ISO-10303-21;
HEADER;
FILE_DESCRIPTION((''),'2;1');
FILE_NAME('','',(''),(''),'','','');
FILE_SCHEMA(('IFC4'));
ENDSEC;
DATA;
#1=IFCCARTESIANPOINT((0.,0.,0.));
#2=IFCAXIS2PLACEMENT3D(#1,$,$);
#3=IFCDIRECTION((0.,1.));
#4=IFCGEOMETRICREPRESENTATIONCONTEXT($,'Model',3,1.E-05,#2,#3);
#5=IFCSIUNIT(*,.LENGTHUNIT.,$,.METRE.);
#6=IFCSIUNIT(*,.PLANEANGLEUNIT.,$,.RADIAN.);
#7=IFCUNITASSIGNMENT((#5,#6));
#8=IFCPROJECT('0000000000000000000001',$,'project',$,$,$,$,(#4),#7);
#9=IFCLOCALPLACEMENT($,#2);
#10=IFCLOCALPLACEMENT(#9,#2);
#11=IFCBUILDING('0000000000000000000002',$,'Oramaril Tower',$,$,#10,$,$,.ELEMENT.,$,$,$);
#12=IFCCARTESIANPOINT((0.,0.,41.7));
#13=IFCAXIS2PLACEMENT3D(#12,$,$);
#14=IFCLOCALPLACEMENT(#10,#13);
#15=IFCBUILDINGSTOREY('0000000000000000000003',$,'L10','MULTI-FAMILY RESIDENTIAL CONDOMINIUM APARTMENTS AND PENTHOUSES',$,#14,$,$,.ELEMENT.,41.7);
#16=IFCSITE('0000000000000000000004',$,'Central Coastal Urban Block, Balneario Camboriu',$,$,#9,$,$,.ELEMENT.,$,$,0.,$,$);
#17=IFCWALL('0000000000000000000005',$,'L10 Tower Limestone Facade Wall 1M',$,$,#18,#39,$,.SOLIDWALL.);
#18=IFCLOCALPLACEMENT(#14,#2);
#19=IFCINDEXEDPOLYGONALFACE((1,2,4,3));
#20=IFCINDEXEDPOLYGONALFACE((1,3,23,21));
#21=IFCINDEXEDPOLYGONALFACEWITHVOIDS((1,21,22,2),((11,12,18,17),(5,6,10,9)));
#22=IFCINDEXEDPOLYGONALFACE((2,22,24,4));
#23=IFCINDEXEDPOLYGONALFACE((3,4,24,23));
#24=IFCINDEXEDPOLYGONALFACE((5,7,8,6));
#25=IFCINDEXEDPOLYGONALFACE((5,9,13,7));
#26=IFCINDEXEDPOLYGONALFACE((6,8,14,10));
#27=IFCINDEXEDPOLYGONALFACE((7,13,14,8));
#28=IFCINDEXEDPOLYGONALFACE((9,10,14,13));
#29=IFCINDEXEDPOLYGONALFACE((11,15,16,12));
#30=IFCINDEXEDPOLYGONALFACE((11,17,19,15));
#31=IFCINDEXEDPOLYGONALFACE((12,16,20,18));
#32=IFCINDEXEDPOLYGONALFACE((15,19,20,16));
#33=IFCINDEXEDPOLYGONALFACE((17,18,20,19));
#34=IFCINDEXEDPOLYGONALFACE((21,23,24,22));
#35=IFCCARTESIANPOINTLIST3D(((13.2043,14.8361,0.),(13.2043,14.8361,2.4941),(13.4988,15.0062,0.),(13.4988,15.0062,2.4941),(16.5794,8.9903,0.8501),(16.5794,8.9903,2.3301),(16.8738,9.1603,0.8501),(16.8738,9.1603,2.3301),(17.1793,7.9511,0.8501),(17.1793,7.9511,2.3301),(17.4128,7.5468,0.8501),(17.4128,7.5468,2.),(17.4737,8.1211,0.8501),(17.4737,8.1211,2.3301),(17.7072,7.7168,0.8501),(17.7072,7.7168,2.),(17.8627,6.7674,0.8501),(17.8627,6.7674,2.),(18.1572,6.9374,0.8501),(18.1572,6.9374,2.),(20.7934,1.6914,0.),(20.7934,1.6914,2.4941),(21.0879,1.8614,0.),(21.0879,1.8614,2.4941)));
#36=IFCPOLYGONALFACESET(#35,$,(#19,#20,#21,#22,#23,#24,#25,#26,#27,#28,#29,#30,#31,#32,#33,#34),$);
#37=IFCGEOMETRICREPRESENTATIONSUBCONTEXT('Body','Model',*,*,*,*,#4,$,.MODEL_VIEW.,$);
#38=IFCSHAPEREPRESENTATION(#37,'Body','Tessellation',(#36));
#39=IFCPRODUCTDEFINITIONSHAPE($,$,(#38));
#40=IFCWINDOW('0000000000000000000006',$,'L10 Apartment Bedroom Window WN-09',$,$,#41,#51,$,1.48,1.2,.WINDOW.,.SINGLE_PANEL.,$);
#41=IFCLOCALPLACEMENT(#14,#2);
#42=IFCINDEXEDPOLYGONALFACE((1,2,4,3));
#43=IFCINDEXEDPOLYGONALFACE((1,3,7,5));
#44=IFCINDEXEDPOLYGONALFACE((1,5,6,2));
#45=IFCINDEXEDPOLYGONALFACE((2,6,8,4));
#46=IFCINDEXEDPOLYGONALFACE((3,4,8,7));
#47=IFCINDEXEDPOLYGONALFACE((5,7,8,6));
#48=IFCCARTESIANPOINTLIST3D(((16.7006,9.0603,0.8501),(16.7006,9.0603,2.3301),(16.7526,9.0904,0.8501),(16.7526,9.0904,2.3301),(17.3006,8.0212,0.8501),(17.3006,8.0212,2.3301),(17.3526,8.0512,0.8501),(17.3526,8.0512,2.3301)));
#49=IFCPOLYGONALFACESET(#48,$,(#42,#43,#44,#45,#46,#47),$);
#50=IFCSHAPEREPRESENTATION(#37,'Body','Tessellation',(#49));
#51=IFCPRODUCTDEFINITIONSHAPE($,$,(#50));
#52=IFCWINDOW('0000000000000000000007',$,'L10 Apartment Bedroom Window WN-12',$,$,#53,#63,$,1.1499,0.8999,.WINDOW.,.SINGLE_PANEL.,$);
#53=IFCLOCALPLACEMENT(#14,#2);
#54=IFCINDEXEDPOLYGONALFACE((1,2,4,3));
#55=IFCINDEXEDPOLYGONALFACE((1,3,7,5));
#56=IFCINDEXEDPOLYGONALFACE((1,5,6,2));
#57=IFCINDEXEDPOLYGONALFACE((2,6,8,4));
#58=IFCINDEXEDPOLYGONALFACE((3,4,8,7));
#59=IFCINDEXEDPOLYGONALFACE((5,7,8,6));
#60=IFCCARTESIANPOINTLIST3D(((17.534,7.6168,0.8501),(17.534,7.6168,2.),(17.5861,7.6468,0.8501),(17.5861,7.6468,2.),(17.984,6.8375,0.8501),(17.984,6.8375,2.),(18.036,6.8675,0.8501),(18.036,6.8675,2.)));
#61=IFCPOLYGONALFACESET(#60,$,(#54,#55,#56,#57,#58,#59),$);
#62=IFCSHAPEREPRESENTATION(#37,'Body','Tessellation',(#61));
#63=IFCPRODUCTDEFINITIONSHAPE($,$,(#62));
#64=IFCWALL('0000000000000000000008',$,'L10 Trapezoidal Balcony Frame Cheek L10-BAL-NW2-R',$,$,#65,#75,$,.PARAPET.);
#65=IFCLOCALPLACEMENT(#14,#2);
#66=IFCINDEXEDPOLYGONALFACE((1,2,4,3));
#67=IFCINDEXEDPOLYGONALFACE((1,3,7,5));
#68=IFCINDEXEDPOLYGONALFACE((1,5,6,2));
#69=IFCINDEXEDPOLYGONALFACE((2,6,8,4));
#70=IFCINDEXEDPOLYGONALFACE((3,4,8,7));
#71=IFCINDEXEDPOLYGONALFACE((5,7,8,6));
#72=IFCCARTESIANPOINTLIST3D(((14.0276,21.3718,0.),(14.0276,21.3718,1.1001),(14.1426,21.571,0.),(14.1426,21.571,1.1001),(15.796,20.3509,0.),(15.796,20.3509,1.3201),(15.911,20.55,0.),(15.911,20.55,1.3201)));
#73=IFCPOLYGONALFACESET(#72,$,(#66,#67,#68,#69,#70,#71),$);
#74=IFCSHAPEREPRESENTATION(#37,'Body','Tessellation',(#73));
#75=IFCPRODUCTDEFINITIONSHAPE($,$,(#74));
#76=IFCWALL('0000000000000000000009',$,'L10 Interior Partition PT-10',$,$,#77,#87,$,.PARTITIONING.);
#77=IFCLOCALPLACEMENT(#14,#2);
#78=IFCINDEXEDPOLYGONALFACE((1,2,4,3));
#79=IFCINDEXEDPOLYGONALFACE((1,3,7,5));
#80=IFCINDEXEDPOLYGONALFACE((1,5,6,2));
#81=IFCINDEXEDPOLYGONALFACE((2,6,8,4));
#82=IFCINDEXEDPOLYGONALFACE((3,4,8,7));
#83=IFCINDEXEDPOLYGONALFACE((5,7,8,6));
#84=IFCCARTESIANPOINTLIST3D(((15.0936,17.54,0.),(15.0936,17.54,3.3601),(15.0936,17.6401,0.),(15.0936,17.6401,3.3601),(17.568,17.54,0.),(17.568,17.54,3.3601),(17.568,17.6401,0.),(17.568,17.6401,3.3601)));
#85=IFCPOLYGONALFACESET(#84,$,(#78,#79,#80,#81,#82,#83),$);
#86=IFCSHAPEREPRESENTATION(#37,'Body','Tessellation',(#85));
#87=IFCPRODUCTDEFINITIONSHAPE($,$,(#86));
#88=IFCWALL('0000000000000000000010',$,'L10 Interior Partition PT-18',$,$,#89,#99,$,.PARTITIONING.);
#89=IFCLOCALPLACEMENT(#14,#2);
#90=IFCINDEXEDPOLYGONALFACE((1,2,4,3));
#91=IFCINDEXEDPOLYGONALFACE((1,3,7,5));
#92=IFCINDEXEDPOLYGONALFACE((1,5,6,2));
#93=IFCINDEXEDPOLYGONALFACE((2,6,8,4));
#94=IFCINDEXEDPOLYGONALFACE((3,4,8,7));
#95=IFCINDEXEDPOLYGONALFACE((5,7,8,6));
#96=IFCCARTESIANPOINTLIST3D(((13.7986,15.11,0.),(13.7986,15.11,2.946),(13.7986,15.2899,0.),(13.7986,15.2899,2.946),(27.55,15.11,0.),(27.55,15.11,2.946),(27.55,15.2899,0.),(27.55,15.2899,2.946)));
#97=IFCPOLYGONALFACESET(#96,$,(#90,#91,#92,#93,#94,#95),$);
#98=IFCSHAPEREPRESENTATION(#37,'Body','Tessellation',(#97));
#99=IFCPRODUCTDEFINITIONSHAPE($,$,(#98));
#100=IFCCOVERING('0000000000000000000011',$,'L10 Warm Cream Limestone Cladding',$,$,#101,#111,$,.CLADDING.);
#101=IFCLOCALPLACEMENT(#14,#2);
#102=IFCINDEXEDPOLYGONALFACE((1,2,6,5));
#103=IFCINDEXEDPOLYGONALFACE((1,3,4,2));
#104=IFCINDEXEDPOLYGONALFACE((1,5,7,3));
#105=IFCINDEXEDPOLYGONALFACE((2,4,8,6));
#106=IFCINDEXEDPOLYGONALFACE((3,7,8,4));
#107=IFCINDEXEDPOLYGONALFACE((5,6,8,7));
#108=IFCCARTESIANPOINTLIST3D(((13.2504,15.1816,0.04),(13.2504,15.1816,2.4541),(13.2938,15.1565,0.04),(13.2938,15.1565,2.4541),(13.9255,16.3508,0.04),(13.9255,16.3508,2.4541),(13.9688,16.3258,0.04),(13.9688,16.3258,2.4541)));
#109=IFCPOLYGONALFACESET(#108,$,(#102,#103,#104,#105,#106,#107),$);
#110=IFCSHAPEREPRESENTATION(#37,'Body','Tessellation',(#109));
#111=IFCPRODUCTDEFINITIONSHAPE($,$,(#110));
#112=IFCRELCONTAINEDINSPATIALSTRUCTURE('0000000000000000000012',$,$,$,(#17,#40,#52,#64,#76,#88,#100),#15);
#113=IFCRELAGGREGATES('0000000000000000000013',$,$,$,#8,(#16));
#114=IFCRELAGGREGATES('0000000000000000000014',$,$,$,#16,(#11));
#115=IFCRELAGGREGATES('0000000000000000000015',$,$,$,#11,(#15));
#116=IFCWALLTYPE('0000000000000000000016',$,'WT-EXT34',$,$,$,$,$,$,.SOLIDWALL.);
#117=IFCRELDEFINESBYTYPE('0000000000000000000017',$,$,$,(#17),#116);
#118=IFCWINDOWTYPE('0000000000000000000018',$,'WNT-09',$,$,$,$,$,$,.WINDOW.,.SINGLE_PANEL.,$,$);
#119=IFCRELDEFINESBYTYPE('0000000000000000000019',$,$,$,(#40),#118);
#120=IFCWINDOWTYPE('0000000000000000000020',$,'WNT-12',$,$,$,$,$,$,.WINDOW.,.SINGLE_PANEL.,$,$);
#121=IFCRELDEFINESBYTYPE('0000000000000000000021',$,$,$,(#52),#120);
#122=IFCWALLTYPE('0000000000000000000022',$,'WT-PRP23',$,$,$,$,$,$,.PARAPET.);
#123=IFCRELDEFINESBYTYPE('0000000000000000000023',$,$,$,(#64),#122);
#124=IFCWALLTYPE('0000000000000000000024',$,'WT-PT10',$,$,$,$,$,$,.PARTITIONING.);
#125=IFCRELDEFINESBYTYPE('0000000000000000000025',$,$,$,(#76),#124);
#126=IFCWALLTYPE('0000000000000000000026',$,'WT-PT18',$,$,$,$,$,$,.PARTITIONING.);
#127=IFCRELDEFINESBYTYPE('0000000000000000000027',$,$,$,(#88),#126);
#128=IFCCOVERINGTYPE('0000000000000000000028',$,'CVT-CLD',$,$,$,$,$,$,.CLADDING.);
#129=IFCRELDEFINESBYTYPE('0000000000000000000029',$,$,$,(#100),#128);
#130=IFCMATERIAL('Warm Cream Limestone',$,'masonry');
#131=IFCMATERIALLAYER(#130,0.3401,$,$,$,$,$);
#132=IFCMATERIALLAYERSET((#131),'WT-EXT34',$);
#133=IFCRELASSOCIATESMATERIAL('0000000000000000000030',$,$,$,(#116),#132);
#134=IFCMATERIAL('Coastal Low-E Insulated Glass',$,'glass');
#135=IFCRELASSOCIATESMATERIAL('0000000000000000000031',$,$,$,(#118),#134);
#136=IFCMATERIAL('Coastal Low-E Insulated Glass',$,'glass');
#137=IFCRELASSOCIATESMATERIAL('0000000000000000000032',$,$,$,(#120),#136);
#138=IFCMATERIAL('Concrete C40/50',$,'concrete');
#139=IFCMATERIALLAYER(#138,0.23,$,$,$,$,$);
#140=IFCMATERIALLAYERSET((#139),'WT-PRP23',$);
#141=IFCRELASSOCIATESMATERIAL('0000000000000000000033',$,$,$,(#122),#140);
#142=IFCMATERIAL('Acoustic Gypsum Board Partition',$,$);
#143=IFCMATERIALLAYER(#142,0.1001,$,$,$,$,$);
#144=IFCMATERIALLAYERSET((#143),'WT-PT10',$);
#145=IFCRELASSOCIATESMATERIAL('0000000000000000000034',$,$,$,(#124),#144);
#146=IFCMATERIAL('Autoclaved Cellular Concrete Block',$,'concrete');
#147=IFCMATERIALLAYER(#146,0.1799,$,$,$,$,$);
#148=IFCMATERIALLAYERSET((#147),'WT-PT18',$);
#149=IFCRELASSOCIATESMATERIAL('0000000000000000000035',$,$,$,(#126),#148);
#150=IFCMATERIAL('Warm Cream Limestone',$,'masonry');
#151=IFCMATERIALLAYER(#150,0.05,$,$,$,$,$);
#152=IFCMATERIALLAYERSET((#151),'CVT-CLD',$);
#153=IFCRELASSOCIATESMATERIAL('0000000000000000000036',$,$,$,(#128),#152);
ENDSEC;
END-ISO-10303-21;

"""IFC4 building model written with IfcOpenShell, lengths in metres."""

from ifc_helpers import new_model, si_unit, direction, frame, frame_2d, origin, origin_2d, place, context, subcontext, project, spatial, polyline, rectangle, outline, extrude, material, layer, layer_set, type_object, element, fill, save


model = new_model("IFC4")

# Units and contexts
model_context = context("Model", 3, precision=1e-05, world=origin(), true_north=direction((0.0, 1.0)))
body_context = subcontext(model_context, "Body", "Model", "MODEL_VIEW")
ifc_project = project(units=[si_unit("LENGTHUNIT", "METRE"), si_unit("PLANEANGLEUNIT", "RADIAN")], contexts=[model_context])

# Site, building, storey
site_placement = place(None, origin())
site = spatial("IfcSite", under=ifc_project, at=site_placement, Name="Central Coastal Urban Block, Balneario Camboriu", CompositionType="ELEMENT", RefElevation=0.0)
building_placement = place(site_placement, origin())
building = spatial("IfcBuilding", under=site, at=building_placement, Name="Oramaril Tower", CompositionType="ELEMENT")
storey_placement = place(building_placement, frame((0.0, 0.0, 41.7)))
storey = spatial("IfcBuildingStorey", under=building, at=storey_placement, Name="L10", Description="MULTI-FAMILY RESIDENTIAL CONDOMINIUM APARTMENTS AND PENTHOUSES", CompositionType="ELEMENT", Elevation=41.7)

# Wall, openings, windows
ifc_material_1 = material(Name="Warm Cream Limestone", Category="masonry")
ifc_layer_1 = layer(ifc_material_1, 0.3401)
ifc_layer_set_1 = layer_set([ifc_layer_1], Name="WT-EXT34")
wall_type_1 = type_object("IfcWallType", Name="WT-EXT34", PredefinedType="SOLIDWALL", material=ifc_layer_set_1)
wall_1_placement = place(storey_placement, frame((13.3516, 14.9211, 0.0), z_axis=(0.0, 0.0, 1.0), x_axis=(0.499999, -0.866026, 0.0)))
wall_1 = element("IfcWall", 1, at=wall_1_placement, inside=storey, type_object=wall_type_1, Name="L10 Tower Limestone Facade Wall 1M", PredefinedType="SOLIDWALL", context=body_context, shape_type="SweptSolid", body=[
    extrude(rectangle(XDim=15.1782, YDim=0.3401, at=frame_2d((7.5891, 0.0))), origin(), (0.0, 0.0, 1.0), 2.4941),
])
opening_1_placement = place(wall_1_placement, frame((6.75, 0.0, 0.8501)))
opening_1 = element("IfcOpeningElement", 2, at=opening_1_placement, cuts=wall_1, PredefinedType="OPENING", context=body_context, shape_type="SweptSolid", body=[
    extrude(rectangle(XDim=1.2, YDim=1.48, at=frame_2d((0.6001, 0.74))), frame((0.0, 0.1699, 0.0), z_axis=(0.0, -1.0, 0.0), x_axis=(1.0, 0.0, 0.0)), (0.0, 0.0, 1.0), 0.3401),
])
opening_2_placement = place(wall_1_placement, frame((8.417, 0.0, 0.8501)))
opening_2 = element("IfcOpeningElement", 3, at=opening_2_placement, cuts=wall_1, PredefinedType="OPENING", context=body_context, shape_type="SweptSolid", body=[
    extrude(rectangle(XDim=0.8999, YDim=1.1499, at=frame_2d((0.45, 0.575))), frame((0.0, 0.1699, 0.0), z_axis=(0.0, -1.0, 0.0), x_axis=(1.0, 0.0, 0.0)), (0.0, 0.0, 1.0), 0.3401),
])
ifc_material_2 = material(Name="Coastal Low-E Insulated Glass", Category="glass")
window_type_1 = type_object("IfcWindowType", Name="WNT-09", PartitioningType="SINGLE_PANEL", PredefinedType="WINDOW", material=ifc_material_2)
window_1_placement = place(opening_1_placement, origin())
window_1 = element("IfcWindow", 4, at=window_1_placement, inside=storey, type_object=window_type_1, Name="L10 Apartment Bedroom Window WN-09", OverallHeight=1.48, OverallWidth=1.2, PartitioningType="SINGLE_PANEL", PredefinedType="WINDOW", context=body_context, shape_type="SweptSolid", body=[
    extrude(rectangle(XDim=1.2, YDim=1.48, at=frame_2d((0.6001, 0.74))), frame((0.0, 0.03, 0.0), z_axis=(0.0, -1.0, 0.0), x_axis=(1.0, 0.0, 0.0)), (0.0, 0.0, 1.0), 0.0601),
])
fill(opening_1, window_1)
ifc_material_3 = material(Name="Coastal Low-E Insulated Glass", Category="glass")
window_type_2 = type_object("IfcWindowType", Name="WNT-12", PartitioningType="SINGLE_PANEL", PredefinedType="WINDOW", material=ifc_material_3)
window_2_placement = place(opening_2_placement, origin())
window_2 = element("IfcWindow", 5, at=window_2_placement, inside=storey, type_object=window_type_2, Name="L10 Apartment Bedroom Window WN-12", OverallHeight=1.1499, OverallWidth=0.8999, PartitioningType="SINGLE_PANEL", PredefinedType="WINDOW", context=body_context, shape_type="SweptSolid", body=[
    extrude(rectangle(XDim=0.8999, YDim=1.1499, at=frame_2d((0.45, 0.575))), frame((0.0, 0.03, 0.0), z_axis=(0.0, -1.0, 0.0), x_axis=(1.0, 0.0, 0.0)), (0.0, 0.0, 1.0), 0.0601),
])
fill(opening_2, window_2)

# Walls
ifc_material_4 = material(Name="Concrete C40/50", Category="concrete")
ifc_layer_2 = layer(ifc_material_4, 0.23)
ifc_layer_set_2 = layer_set([ifc_layer_2], Name="WT-PRP23")
wall_type_2 = type_object("IfcWallType", Name="WT-PRP23", PredefinedType="PARAPET", material=ifc_layer_set_2)
wall_2_placement = place(storey_placement, frame((15.8535, 20.4504, 0.0), z_axis=(0.0, 0.0, 1.0), x_axis=(-0.866042, 0.499971, 0.0)))
element("IfcWall", 6, at=wall_2_placement, inside=storey, type_object=wall_type_2, Name="L10 Trapezoidal Balcony Frame Cheek L10-BAL-NW2-R", PredefinedType="PARAPET", context=body_context, shape_type="SweptSolid", body=[
    extrude(outline(polyline([(0.0, 0.0), (2.042, 0.0), (2.042, 1.1001), (0.0, 1.3201), (0.0, 0.0)])), frame((0.0, 0.115, 0.0), z_axis=(0.0, -1.0, 0.0), x_axis=(1.0, 0.0, 0.0)), (0.0, 0.0, 1.0), 0.23),
])
ifc_material_5 = material(Name="Acoustic Gypsum Board Partition")
ifc_layer_3 = layer(ifc_material_5, 0.1001)
ifc_layer_set_3 = layer_set([ifc_layer_3], Name="WT-PT10")
wall_type_3 = type_object("IfcWallType", Name="WT-PT10", PredefinedType="PARTITIONING", material=ifc_layer_set_3)
wall_3_placement = place(storey_placement, frame((15.0935, 17.5901, 0.0), z_axis=(0.0, 0.0, 1.0), x_axis=(1.0, 0.0, 0.0)))
element("IfcWall", 7, at=wall_3_placement, inside=storey, type_object=wall_type_3, Name="L10 Interior Partition PT-10", PredefinedType="PARTITIONING", context=body_context, shape_type="SweptSolid", body=[
    extrude(rectangle(XDim=2.4744, YDim=0.1001, at=frame_2d((1.2373, 0.0))), origin(), (0.0, 0.0, 1.0), 3.3601),
])
ifc_material_6 = material(Name="Autoclaved Cellular Concrete Block", Category="concrete")
ifc_layer_4 = layer(ifc_material_6, 0.1799)
ifc_layer_set_4 = layer_set([ifc_layer_4], Name="WT-PT18")
wall_type_4 = type_object("IfcWallType", Name="WT-PT18", PredefinedType="PARTITIONING", material=ifc_layer_set_4)
wall_4_placement = place(storey_placement, frame((13.7986, 15.2, 0.0), z_axis=(0.0, 0.0, 1.0), x_axis=(1.0, 0.0, 0.0)))
element("IfcWall", 8, at=wall_4_placement, inside=storey, type_object=wall_type_4, Name="L10 Interior Partition PT-18", PredefinedType="PARTITIONING", context=body_context, shape_type="SweptSolid", body=[
    extrude(rectangle(XDim=13.7515, YDim=0.1799, at=frame_2d((6.8757, 0.0))), origin(), (0.0, 0.0, 1.0), 2.946),
])

# Covering
ifc_material_7 = material(Name="Warm Cream Limestone", Category="masonry")
ifc_layer_5 = layer(ifc_material_7, 0.05)
ifc_layer_set_5 = layer_set([ifc_layer_5], Name="CVT-CLD")
covering_type = type_object("IfcCoveringType", Name="CVT-CLD", PredefinedType="CLADDING", material=ifc_layer_set_5)
covering_placement = place(storey_placement, frame((13.6096, 15.7537, 0.04), z_axis=(0.0, 0.0, 1.0), x_axis=(-0.5, -0.866025, 0.0)))
element("IfcCovering", 9, at=covering_placement, inside=storey, type_object=covering_type, Name="L10 Warm Cream Limestone Cladding", PredefinedType="CLADDING", context=body_context, shape_type="SweptSolid", body=[
    extrude(rectangle(XDim=1.3501, YDim=0.05, at=origin_2d()), origin(), (0.0, 0.0, 1.0), 2.4141),
])

save(model, "model.ifc")
